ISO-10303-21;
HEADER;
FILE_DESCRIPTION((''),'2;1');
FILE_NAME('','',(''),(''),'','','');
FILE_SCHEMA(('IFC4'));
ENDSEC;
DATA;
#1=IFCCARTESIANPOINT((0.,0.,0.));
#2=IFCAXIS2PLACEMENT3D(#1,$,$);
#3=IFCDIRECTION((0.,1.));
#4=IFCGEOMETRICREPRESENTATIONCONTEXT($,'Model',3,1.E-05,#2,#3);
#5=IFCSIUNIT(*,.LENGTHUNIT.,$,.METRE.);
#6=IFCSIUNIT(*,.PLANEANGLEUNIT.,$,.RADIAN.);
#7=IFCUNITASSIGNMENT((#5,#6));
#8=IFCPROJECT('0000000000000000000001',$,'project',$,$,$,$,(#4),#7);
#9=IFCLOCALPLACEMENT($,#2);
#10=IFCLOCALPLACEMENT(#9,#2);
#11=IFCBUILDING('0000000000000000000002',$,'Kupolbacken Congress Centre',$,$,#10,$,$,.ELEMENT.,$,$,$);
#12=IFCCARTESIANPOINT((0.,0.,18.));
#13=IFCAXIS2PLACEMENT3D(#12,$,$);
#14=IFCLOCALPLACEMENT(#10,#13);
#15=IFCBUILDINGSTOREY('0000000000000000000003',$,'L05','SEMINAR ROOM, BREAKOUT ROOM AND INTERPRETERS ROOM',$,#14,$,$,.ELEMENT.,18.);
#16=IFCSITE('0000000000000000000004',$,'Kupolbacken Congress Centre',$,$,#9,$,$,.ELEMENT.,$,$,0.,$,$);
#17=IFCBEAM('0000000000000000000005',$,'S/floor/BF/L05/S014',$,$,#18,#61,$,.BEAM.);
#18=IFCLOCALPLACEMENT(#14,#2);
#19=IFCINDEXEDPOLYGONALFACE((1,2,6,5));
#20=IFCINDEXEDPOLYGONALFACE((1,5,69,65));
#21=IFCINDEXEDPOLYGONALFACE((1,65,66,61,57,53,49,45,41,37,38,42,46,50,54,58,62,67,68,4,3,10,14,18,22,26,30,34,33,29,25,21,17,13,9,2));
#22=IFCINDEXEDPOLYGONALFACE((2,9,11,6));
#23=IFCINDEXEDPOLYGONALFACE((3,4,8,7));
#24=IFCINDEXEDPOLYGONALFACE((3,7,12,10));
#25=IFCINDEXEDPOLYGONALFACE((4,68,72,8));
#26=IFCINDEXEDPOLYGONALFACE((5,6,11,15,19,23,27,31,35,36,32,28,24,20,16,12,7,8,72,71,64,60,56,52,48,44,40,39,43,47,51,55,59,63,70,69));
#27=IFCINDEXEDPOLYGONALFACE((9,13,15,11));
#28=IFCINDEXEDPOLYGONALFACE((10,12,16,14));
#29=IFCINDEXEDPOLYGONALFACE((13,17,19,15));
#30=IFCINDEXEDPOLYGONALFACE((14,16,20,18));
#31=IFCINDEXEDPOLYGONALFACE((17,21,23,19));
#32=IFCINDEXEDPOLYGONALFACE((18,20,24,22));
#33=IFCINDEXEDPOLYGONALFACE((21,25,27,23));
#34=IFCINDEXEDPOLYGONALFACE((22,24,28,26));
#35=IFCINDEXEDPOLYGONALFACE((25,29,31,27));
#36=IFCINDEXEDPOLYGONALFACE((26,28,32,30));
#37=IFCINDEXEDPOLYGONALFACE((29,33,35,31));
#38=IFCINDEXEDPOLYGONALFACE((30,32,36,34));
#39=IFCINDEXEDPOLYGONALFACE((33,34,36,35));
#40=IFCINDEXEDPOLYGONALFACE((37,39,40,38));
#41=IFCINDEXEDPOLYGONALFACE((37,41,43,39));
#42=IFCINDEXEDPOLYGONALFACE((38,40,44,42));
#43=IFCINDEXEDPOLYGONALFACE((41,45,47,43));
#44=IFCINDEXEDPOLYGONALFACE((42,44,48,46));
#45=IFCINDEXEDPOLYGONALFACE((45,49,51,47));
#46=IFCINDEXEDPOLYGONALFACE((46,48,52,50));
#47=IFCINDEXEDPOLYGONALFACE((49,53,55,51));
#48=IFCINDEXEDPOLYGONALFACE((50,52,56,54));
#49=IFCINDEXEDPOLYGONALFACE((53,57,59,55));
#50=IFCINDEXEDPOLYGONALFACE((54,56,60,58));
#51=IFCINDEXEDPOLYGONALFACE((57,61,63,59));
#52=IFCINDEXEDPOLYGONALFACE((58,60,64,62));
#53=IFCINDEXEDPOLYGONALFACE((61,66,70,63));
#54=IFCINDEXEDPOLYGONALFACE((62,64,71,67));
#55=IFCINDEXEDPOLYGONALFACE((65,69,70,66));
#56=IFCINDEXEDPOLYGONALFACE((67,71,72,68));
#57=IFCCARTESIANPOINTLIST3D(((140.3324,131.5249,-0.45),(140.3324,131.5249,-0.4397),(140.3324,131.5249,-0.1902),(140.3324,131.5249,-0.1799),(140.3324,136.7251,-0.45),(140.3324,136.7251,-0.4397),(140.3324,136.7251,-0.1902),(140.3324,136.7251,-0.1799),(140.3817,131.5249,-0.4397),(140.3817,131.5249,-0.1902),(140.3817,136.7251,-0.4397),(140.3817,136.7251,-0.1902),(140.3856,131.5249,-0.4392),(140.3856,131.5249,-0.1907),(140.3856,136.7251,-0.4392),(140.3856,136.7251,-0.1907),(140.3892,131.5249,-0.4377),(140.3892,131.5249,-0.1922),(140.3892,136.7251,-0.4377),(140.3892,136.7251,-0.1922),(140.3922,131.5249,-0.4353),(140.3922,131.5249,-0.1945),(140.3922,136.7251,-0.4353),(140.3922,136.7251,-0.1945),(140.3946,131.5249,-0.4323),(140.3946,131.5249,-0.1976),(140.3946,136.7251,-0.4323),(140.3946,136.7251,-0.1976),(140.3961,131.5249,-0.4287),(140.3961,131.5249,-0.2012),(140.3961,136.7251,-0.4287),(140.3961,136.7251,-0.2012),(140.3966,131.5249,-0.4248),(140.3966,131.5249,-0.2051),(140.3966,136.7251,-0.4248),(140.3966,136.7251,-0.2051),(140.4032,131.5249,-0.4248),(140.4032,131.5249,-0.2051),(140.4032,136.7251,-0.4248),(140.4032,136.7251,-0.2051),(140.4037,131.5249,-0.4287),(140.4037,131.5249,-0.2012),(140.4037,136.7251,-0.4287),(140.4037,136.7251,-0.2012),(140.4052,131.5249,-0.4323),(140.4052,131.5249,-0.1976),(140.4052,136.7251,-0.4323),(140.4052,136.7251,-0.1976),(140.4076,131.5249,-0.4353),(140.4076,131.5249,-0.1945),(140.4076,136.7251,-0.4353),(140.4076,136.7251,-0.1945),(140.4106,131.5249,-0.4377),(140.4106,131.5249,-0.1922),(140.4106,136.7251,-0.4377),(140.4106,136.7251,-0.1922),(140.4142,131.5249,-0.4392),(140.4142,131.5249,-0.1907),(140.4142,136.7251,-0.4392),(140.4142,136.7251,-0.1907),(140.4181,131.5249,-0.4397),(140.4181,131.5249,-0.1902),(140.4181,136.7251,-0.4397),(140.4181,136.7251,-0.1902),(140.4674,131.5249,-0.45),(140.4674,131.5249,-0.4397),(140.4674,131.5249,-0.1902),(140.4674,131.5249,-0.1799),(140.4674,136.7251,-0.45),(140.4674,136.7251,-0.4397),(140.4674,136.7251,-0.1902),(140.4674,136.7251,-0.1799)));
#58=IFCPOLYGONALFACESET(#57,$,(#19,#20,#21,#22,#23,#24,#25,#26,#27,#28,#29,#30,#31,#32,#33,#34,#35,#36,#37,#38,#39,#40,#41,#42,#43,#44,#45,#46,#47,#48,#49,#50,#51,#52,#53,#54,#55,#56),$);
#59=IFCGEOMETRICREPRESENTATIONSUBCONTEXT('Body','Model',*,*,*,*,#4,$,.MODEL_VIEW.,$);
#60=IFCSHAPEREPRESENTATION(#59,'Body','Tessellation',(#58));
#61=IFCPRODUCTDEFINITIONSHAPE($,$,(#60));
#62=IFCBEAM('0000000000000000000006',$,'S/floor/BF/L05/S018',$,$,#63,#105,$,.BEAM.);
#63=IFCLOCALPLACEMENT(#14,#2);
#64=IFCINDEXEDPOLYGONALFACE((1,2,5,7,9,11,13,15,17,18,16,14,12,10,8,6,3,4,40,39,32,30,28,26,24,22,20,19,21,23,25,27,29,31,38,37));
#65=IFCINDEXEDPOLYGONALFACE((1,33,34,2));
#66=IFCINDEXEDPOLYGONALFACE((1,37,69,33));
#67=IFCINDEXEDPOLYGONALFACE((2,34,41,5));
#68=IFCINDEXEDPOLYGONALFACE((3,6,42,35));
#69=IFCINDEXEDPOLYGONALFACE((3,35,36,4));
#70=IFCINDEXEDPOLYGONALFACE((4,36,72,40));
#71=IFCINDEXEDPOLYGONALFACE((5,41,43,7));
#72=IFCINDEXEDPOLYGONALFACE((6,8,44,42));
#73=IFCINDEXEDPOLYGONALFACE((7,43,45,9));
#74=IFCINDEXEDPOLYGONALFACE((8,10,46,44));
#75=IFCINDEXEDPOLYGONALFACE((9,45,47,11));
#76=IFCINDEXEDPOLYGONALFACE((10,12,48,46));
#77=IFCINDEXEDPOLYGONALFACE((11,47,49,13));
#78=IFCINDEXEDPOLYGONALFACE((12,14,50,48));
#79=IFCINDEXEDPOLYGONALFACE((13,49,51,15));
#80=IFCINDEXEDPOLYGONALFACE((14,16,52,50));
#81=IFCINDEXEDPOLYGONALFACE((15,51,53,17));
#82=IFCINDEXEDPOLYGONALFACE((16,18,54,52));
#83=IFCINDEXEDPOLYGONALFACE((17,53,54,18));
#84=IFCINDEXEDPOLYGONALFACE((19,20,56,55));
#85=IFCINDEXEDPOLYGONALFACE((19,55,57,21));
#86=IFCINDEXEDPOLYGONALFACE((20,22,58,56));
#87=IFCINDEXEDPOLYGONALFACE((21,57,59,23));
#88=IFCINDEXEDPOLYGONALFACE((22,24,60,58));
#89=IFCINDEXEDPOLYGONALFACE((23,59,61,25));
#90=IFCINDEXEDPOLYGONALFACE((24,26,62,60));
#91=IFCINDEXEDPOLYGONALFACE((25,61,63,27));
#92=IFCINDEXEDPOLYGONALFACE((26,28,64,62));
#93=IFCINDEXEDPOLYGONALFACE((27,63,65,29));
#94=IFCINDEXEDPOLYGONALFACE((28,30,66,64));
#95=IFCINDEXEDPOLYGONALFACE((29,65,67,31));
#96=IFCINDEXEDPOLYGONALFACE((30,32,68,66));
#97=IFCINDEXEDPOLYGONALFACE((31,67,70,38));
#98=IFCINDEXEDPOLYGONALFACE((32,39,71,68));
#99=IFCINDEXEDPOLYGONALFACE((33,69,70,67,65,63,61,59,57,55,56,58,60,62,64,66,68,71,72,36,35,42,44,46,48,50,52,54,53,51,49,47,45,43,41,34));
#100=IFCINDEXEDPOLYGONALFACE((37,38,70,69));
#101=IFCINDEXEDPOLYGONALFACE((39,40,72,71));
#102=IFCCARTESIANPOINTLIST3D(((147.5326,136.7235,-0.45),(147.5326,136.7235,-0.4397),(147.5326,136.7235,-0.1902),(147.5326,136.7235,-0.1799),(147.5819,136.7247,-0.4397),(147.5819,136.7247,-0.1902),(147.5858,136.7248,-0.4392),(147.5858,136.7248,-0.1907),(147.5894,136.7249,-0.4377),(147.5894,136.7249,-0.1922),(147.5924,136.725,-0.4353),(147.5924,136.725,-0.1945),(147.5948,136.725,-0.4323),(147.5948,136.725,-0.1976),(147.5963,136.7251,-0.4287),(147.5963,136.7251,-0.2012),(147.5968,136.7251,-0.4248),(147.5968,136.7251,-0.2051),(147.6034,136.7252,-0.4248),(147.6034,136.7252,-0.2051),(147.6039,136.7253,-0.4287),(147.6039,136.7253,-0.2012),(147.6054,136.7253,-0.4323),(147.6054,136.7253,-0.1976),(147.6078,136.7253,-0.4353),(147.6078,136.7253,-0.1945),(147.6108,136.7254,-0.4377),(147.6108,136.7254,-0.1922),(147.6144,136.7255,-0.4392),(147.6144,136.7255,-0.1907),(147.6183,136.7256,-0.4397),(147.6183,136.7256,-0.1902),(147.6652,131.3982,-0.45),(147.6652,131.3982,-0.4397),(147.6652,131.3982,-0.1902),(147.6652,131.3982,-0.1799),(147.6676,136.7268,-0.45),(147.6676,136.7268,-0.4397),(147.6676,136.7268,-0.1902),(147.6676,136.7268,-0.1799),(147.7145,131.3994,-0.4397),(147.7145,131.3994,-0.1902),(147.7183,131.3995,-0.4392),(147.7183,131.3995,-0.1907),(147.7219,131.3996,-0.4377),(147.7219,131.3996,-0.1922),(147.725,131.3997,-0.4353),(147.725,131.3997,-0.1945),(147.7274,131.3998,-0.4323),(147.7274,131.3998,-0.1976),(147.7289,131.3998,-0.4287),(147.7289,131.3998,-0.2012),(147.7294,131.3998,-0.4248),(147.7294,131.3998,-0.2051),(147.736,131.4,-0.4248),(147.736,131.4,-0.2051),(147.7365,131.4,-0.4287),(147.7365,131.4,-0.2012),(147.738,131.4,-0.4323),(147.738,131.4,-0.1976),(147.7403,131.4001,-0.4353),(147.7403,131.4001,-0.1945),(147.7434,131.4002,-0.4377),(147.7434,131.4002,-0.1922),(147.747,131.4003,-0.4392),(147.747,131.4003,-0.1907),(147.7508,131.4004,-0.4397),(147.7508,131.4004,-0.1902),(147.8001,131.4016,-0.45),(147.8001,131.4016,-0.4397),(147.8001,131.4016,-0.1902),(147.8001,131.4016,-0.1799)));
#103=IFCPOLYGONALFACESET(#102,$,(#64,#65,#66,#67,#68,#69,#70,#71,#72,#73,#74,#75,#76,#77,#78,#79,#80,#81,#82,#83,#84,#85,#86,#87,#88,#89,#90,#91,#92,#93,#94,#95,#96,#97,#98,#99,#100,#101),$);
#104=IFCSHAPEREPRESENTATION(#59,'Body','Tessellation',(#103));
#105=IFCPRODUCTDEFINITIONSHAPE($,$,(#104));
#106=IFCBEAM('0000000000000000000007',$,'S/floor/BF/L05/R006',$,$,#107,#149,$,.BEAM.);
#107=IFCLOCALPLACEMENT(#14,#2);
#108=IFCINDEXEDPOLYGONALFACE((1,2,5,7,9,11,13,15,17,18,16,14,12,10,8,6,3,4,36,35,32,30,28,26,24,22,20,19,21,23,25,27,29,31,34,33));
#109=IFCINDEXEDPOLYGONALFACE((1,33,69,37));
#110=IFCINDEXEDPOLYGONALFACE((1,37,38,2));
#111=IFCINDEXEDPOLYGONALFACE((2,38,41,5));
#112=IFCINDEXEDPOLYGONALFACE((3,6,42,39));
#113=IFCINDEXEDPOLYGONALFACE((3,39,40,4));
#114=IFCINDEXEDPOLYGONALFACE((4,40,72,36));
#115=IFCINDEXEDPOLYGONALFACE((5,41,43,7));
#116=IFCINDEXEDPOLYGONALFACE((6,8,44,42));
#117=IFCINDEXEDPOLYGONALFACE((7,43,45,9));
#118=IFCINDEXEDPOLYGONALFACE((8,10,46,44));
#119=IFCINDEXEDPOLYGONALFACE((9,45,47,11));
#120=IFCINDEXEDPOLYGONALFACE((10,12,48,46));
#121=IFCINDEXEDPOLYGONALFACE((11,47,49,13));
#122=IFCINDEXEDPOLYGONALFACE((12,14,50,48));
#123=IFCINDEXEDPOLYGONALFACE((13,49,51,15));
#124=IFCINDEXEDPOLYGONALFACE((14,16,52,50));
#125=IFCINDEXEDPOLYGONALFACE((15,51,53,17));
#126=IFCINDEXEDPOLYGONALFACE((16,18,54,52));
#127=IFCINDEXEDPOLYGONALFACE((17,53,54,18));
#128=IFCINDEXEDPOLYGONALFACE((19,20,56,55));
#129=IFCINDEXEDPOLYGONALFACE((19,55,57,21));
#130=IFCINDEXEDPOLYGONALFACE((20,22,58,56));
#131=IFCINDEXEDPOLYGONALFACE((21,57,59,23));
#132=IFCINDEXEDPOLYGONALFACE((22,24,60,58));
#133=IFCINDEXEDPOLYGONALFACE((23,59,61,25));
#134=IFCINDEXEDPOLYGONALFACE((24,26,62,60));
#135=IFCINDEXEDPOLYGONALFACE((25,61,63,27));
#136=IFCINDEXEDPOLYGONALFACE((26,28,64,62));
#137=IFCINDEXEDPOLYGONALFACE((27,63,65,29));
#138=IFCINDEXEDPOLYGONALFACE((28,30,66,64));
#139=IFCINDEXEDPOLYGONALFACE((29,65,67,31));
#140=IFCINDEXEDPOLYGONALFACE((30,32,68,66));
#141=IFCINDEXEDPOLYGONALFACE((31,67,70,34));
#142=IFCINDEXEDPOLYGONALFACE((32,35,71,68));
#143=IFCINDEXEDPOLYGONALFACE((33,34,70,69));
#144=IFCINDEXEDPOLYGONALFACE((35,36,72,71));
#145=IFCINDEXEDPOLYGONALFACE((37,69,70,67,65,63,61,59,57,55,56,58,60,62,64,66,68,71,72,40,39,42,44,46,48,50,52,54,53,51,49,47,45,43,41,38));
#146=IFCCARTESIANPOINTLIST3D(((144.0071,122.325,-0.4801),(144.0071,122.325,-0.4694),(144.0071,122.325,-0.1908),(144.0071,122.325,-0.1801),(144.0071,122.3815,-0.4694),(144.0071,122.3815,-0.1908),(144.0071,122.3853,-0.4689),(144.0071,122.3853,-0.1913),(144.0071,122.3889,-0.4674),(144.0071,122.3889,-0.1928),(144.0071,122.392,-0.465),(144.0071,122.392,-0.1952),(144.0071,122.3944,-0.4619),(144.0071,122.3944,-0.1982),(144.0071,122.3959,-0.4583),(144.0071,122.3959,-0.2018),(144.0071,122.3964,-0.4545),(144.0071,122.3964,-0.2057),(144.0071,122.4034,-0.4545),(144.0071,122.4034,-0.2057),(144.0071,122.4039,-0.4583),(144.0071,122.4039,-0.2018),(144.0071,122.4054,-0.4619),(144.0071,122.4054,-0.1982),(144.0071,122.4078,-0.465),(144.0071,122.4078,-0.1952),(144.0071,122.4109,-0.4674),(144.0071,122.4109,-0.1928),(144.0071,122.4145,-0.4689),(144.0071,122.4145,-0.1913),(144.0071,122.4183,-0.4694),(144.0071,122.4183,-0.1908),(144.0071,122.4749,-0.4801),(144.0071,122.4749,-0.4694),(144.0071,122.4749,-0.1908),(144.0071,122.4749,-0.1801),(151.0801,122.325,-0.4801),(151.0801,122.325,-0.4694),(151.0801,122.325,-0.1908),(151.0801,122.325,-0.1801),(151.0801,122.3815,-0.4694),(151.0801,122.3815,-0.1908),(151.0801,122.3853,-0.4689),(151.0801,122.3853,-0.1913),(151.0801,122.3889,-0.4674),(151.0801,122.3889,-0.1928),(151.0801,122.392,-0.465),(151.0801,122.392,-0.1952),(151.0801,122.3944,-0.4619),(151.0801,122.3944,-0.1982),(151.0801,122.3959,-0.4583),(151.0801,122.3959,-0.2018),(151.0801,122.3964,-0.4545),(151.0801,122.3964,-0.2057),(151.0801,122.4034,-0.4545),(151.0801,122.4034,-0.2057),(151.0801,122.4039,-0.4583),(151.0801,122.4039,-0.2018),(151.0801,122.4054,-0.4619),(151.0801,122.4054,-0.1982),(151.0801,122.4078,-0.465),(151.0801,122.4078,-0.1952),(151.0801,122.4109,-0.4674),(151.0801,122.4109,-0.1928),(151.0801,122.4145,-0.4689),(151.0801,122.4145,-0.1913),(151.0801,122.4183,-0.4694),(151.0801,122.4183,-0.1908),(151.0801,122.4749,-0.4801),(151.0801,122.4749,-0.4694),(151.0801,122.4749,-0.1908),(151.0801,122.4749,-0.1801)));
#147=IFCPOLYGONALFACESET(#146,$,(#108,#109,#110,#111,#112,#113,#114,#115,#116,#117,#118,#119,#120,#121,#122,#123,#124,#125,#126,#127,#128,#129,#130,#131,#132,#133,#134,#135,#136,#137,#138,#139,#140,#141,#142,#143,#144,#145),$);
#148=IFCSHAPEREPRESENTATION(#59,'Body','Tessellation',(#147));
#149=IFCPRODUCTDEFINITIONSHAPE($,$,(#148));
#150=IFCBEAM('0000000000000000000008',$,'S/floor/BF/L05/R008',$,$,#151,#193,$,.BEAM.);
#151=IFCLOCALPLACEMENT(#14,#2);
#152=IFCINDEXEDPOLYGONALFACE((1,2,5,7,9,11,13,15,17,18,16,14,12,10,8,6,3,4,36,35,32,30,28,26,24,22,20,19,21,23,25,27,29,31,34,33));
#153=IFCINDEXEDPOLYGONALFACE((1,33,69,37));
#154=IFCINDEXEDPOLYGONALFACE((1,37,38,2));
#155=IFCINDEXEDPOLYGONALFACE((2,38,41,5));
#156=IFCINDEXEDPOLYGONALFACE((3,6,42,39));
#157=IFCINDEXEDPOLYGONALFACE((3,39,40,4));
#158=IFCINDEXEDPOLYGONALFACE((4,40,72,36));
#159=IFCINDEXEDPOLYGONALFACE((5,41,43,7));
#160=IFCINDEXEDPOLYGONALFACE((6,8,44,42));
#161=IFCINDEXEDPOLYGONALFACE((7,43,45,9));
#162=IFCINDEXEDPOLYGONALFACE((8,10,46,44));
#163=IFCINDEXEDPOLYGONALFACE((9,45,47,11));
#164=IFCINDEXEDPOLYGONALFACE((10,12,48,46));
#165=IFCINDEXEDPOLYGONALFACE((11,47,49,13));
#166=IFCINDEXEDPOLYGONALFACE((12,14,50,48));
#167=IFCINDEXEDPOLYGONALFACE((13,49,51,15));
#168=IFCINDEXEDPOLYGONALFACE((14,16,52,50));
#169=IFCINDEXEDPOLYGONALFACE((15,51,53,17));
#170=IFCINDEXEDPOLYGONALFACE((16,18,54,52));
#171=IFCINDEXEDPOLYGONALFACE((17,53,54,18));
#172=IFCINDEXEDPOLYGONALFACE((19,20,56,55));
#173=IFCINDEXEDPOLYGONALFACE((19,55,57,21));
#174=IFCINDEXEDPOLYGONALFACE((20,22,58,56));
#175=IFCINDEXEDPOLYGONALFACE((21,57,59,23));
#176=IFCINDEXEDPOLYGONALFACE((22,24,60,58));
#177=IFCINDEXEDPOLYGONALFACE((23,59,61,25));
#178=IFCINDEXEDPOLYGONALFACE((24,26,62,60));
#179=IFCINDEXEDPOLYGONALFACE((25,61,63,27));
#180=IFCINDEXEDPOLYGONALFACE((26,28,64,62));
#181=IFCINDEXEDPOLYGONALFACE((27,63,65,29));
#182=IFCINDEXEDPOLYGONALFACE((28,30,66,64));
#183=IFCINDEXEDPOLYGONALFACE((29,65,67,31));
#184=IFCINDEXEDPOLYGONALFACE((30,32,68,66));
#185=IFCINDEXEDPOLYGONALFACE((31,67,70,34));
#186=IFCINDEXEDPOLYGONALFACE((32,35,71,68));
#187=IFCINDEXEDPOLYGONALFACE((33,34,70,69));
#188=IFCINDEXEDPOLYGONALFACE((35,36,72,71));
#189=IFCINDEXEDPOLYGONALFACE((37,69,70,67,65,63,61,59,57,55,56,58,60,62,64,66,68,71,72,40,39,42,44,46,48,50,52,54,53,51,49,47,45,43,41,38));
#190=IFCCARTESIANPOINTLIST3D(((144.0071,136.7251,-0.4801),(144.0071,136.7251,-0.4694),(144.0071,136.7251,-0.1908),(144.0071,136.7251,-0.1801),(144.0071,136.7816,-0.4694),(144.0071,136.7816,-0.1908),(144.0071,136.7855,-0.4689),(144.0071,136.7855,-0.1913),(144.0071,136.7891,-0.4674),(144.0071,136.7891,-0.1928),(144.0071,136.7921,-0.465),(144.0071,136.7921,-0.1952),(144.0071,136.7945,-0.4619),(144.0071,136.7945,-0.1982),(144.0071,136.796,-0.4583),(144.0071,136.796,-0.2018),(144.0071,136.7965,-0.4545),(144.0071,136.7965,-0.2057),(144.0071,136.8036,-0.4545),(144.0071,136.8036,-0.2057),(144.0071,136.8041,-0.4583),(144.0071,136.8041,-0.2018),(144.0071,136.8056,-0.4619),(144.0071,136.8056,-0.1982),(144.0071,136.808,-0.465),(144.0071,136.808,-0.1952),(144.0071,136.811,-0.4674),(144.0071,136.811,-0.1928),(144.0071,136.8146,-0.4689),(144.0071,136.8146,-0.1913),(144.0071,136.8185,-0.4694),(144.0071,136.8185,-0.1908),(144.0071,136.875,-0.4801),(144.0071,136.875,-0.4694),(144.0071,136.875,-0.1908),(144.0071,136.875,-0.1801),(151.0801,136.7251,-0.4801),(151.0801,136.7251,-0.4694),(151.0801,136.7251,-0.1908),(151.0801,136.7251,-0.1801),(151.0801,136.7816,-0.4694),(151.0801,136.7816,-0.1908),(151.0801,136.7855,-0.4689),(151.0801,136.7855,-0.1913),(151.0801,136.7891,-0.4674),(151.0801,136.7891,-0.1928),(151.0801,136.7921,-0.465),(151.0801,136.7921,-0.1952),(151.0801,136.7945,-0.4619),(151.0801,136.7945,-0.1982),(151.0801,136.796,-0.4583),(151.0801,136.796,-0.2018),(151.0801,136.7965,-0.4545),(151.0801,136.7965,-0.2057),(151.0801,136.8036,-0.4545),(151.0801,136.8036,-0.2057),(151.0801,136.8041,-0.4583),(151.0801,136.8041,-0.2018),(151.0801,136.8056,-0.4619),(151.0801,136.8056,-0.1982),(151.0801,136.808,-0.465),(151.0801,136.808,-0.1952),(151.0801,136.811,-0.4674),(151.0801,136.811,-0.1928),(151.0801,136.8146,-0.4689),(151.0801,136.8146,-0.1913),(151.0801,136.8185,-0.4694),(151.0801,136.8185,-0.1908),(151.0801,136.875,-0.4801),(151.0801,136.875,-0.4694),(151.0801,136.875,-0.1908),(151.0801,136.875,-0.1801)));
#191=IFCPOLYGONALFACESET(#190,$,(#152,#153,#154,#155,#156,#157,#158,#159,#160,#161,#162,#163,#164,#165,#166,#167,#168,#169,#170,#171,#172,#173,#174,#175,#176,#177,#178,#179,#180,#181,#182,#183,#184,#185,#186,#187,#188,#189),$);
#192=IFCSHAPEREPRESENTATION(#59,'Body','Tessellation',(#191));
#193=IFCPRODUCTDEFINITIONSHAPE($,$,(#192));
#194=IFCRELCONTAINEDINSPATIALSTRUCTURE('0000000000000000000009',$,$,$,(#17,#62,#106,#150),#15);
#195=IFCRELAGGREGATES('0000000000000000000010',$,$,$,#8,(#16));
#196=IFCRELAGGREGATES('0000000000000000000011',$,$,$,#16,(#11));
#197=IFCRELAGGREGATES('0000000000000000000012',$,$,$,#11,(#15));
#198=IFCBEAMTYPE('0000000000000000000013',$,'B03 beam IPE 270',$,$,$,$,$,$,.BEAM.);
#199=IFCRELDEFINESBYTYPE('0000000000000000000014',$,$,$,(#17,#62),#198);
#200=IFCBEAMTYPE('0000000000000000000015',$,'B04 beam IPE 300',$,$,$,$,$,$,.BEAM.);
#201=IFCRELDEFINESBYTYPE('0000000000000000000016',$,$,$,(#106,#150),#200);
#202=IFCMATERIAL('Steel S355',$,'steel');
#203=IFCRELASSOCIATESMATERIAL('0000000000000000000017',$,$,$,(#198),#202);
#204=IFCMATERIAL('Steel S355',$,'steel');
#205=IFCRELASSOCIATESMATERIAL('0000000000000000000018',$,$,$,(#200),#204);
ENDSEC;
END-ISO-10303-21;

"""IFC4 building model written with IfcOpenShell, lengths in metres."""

from ifc_helpers import new_model, si_unit, direction, frame, origin, origin_2d, place, context, subcontext, project, spatial, i_section, extrude, material, material_profile, profile_set, type_object, element, save


model = new_model("IFC4")

# Units and contexts
model_context = context("Model", 3, precision=1e-05, world=origin(), true_north=direction((0.0, 1.0)))
body_context = subcontext(model_context, "Body", "Model", "MODEL_VIEW")
ifc_project = project(units=[si_unit("LENGTHUNIT", "METRE"), si_unit("PLANEANGLEUNIT", "RADIAN")], contexts=[model_context])

# Site, building, storey
site_placement = place(None, origin())
site = spatial("IfcSite", under=ifc_project, at=site_placement, Name="Kupolbacken Congress Centre", CompositionType="ELEMENT", RefElevation=0.0)
building_placement = place(site_placement, origin())
building = spatial("IfcBuilding", under=site, at=building_placement, Name="Kupolbacken Congress Centre", CompositionType="ELEMENT")
storey_placement = place(building_placement, frame((0.0, 0.0, 18.0)))
storey = spatial("IfcBuildingStorey", under=building, at=storey_placement, Name="L05", Description="SEMINAR ROOM, BREAKOUT ROOM AND INTERPRETERS ROOM", CompositionType="ELEMENT", Elevation=18.0)

# Beams
ifc_material_1 = material(Name="Steel S355", Category="steel")
ifc_material_profile_1 = material_profile(ifc_material_1, i_section(OverallWidth=0.135, OverallDepth=0.27, WebThickness=0.0066, FlangeThickness=0.0103, FilletRadius=0.0149, at=origin_2d()), Name="IPE 270")
ifc_profile_set_1 = profile_set([ifc_material_profile_1], Name="Steel S355")
beam_type_1 = type_object("IfcBeamType", Name="B03 beam IPE 270", PredefinedType="BEAM", material=ifc_profile_set_1)
beam_1_placement = place(storey_placement, frame((140.3999, 131.5249, -0.3149), z_axis=(0.0, 1.0, 0.0), x_axis=(-1.0, 0.0, 0.0)))
element("IfcBeam", 1, at=beam_1_placement, inside=storey, type_object=beam_type_1, Name="S/floor/BF/L05/S014", PredefinedType="BEAM", context=body_context, shape_type="SweptSolid", body=[
    extrude(i_section(OverallWidth=0.135, OverallDepth=0.27, WebThickness=0.0066, FlangeThickness=0.0103, FilletRadius=0.0149, at=origin_2d()), origin(), (0.0, 0.0, 1.0), 5.2002),
])
beam_2_placement = place(storey_placement, frame((147.7327, 131.3999, -0.3149), z_axis=(-0.024887, 0.99969, 0.0), x_axis=(-0.99969, -0.024887, 0.0)))
element("IfcBeam", 2, at=beam_2_placement, inside=storey, type_object=beam_type_1, Name="S/floor/BF/L05/S018", PredefinedType="BEAM", context=body_context, shape_type="SweptSolid", body=[
    extrude(i_section(OverallWidth=0.135, OverallDepth=0.27, WebThickness=0.0066, FlangeThickness=0.0103, FilletRadius=0.0149, at=origin_2d()), origin(), (0.0, 0.0, 1.0), 5.3269),
])
ifc_material_2 = material(Name="Steel S355", Category="steel")
ifc_material_profile_2 = material_profile(ifc_material_2, i_section(OverallWidth=0.1499, OverallDepth=0.3, WebThickness=0.0071, FlangeThickness=0.0107, FilletRadius=0.0149, at=origin_2d()), Name="IPE 300")
ifc_profile_set_2 = profile_set([ifc_material_profile_2], Name="Steel S355")
beam_type_2 = type_object("IfcBeamType", Name="B04 beam IPE 300", PredefinedType="BEAM", material=ifc_profile_set_2)
for number, where, z_axis, x_axis, name in (
    (3, (144.0071, 122.3999, -0.3301), (1.0, 0.0, 0.0), (0.0, 1.0, 0.0), "S/floor/BF/L05/R006"),
    (4, (144.0071, 136.8, -0.3301), (1.0, 0.0, 0.0), (0.0, 1.0, 0.0), "S/floor/BF/L05/R008"),
):
    element("IfcBeam", number, at=place(storey_placement, frame(where, z_axis=z_axis, x_axis=x_axis)), inside=storey, type_object=beam_type_2, Name=name, PredefinedType="BEAM", context=body_context, shape_type="SweptSolid", body=[
        extrude(i_section(OverallWidth=0.1499, OverallDepth=0.3, WebThickness=0.0071, FlangeThickness=0.0107, FilletRadius=0.0149, at=origin_2d()), origin(), (0.0, 0.0, 1.0), 7.073),
    ])

save(model, "model.ifc")
